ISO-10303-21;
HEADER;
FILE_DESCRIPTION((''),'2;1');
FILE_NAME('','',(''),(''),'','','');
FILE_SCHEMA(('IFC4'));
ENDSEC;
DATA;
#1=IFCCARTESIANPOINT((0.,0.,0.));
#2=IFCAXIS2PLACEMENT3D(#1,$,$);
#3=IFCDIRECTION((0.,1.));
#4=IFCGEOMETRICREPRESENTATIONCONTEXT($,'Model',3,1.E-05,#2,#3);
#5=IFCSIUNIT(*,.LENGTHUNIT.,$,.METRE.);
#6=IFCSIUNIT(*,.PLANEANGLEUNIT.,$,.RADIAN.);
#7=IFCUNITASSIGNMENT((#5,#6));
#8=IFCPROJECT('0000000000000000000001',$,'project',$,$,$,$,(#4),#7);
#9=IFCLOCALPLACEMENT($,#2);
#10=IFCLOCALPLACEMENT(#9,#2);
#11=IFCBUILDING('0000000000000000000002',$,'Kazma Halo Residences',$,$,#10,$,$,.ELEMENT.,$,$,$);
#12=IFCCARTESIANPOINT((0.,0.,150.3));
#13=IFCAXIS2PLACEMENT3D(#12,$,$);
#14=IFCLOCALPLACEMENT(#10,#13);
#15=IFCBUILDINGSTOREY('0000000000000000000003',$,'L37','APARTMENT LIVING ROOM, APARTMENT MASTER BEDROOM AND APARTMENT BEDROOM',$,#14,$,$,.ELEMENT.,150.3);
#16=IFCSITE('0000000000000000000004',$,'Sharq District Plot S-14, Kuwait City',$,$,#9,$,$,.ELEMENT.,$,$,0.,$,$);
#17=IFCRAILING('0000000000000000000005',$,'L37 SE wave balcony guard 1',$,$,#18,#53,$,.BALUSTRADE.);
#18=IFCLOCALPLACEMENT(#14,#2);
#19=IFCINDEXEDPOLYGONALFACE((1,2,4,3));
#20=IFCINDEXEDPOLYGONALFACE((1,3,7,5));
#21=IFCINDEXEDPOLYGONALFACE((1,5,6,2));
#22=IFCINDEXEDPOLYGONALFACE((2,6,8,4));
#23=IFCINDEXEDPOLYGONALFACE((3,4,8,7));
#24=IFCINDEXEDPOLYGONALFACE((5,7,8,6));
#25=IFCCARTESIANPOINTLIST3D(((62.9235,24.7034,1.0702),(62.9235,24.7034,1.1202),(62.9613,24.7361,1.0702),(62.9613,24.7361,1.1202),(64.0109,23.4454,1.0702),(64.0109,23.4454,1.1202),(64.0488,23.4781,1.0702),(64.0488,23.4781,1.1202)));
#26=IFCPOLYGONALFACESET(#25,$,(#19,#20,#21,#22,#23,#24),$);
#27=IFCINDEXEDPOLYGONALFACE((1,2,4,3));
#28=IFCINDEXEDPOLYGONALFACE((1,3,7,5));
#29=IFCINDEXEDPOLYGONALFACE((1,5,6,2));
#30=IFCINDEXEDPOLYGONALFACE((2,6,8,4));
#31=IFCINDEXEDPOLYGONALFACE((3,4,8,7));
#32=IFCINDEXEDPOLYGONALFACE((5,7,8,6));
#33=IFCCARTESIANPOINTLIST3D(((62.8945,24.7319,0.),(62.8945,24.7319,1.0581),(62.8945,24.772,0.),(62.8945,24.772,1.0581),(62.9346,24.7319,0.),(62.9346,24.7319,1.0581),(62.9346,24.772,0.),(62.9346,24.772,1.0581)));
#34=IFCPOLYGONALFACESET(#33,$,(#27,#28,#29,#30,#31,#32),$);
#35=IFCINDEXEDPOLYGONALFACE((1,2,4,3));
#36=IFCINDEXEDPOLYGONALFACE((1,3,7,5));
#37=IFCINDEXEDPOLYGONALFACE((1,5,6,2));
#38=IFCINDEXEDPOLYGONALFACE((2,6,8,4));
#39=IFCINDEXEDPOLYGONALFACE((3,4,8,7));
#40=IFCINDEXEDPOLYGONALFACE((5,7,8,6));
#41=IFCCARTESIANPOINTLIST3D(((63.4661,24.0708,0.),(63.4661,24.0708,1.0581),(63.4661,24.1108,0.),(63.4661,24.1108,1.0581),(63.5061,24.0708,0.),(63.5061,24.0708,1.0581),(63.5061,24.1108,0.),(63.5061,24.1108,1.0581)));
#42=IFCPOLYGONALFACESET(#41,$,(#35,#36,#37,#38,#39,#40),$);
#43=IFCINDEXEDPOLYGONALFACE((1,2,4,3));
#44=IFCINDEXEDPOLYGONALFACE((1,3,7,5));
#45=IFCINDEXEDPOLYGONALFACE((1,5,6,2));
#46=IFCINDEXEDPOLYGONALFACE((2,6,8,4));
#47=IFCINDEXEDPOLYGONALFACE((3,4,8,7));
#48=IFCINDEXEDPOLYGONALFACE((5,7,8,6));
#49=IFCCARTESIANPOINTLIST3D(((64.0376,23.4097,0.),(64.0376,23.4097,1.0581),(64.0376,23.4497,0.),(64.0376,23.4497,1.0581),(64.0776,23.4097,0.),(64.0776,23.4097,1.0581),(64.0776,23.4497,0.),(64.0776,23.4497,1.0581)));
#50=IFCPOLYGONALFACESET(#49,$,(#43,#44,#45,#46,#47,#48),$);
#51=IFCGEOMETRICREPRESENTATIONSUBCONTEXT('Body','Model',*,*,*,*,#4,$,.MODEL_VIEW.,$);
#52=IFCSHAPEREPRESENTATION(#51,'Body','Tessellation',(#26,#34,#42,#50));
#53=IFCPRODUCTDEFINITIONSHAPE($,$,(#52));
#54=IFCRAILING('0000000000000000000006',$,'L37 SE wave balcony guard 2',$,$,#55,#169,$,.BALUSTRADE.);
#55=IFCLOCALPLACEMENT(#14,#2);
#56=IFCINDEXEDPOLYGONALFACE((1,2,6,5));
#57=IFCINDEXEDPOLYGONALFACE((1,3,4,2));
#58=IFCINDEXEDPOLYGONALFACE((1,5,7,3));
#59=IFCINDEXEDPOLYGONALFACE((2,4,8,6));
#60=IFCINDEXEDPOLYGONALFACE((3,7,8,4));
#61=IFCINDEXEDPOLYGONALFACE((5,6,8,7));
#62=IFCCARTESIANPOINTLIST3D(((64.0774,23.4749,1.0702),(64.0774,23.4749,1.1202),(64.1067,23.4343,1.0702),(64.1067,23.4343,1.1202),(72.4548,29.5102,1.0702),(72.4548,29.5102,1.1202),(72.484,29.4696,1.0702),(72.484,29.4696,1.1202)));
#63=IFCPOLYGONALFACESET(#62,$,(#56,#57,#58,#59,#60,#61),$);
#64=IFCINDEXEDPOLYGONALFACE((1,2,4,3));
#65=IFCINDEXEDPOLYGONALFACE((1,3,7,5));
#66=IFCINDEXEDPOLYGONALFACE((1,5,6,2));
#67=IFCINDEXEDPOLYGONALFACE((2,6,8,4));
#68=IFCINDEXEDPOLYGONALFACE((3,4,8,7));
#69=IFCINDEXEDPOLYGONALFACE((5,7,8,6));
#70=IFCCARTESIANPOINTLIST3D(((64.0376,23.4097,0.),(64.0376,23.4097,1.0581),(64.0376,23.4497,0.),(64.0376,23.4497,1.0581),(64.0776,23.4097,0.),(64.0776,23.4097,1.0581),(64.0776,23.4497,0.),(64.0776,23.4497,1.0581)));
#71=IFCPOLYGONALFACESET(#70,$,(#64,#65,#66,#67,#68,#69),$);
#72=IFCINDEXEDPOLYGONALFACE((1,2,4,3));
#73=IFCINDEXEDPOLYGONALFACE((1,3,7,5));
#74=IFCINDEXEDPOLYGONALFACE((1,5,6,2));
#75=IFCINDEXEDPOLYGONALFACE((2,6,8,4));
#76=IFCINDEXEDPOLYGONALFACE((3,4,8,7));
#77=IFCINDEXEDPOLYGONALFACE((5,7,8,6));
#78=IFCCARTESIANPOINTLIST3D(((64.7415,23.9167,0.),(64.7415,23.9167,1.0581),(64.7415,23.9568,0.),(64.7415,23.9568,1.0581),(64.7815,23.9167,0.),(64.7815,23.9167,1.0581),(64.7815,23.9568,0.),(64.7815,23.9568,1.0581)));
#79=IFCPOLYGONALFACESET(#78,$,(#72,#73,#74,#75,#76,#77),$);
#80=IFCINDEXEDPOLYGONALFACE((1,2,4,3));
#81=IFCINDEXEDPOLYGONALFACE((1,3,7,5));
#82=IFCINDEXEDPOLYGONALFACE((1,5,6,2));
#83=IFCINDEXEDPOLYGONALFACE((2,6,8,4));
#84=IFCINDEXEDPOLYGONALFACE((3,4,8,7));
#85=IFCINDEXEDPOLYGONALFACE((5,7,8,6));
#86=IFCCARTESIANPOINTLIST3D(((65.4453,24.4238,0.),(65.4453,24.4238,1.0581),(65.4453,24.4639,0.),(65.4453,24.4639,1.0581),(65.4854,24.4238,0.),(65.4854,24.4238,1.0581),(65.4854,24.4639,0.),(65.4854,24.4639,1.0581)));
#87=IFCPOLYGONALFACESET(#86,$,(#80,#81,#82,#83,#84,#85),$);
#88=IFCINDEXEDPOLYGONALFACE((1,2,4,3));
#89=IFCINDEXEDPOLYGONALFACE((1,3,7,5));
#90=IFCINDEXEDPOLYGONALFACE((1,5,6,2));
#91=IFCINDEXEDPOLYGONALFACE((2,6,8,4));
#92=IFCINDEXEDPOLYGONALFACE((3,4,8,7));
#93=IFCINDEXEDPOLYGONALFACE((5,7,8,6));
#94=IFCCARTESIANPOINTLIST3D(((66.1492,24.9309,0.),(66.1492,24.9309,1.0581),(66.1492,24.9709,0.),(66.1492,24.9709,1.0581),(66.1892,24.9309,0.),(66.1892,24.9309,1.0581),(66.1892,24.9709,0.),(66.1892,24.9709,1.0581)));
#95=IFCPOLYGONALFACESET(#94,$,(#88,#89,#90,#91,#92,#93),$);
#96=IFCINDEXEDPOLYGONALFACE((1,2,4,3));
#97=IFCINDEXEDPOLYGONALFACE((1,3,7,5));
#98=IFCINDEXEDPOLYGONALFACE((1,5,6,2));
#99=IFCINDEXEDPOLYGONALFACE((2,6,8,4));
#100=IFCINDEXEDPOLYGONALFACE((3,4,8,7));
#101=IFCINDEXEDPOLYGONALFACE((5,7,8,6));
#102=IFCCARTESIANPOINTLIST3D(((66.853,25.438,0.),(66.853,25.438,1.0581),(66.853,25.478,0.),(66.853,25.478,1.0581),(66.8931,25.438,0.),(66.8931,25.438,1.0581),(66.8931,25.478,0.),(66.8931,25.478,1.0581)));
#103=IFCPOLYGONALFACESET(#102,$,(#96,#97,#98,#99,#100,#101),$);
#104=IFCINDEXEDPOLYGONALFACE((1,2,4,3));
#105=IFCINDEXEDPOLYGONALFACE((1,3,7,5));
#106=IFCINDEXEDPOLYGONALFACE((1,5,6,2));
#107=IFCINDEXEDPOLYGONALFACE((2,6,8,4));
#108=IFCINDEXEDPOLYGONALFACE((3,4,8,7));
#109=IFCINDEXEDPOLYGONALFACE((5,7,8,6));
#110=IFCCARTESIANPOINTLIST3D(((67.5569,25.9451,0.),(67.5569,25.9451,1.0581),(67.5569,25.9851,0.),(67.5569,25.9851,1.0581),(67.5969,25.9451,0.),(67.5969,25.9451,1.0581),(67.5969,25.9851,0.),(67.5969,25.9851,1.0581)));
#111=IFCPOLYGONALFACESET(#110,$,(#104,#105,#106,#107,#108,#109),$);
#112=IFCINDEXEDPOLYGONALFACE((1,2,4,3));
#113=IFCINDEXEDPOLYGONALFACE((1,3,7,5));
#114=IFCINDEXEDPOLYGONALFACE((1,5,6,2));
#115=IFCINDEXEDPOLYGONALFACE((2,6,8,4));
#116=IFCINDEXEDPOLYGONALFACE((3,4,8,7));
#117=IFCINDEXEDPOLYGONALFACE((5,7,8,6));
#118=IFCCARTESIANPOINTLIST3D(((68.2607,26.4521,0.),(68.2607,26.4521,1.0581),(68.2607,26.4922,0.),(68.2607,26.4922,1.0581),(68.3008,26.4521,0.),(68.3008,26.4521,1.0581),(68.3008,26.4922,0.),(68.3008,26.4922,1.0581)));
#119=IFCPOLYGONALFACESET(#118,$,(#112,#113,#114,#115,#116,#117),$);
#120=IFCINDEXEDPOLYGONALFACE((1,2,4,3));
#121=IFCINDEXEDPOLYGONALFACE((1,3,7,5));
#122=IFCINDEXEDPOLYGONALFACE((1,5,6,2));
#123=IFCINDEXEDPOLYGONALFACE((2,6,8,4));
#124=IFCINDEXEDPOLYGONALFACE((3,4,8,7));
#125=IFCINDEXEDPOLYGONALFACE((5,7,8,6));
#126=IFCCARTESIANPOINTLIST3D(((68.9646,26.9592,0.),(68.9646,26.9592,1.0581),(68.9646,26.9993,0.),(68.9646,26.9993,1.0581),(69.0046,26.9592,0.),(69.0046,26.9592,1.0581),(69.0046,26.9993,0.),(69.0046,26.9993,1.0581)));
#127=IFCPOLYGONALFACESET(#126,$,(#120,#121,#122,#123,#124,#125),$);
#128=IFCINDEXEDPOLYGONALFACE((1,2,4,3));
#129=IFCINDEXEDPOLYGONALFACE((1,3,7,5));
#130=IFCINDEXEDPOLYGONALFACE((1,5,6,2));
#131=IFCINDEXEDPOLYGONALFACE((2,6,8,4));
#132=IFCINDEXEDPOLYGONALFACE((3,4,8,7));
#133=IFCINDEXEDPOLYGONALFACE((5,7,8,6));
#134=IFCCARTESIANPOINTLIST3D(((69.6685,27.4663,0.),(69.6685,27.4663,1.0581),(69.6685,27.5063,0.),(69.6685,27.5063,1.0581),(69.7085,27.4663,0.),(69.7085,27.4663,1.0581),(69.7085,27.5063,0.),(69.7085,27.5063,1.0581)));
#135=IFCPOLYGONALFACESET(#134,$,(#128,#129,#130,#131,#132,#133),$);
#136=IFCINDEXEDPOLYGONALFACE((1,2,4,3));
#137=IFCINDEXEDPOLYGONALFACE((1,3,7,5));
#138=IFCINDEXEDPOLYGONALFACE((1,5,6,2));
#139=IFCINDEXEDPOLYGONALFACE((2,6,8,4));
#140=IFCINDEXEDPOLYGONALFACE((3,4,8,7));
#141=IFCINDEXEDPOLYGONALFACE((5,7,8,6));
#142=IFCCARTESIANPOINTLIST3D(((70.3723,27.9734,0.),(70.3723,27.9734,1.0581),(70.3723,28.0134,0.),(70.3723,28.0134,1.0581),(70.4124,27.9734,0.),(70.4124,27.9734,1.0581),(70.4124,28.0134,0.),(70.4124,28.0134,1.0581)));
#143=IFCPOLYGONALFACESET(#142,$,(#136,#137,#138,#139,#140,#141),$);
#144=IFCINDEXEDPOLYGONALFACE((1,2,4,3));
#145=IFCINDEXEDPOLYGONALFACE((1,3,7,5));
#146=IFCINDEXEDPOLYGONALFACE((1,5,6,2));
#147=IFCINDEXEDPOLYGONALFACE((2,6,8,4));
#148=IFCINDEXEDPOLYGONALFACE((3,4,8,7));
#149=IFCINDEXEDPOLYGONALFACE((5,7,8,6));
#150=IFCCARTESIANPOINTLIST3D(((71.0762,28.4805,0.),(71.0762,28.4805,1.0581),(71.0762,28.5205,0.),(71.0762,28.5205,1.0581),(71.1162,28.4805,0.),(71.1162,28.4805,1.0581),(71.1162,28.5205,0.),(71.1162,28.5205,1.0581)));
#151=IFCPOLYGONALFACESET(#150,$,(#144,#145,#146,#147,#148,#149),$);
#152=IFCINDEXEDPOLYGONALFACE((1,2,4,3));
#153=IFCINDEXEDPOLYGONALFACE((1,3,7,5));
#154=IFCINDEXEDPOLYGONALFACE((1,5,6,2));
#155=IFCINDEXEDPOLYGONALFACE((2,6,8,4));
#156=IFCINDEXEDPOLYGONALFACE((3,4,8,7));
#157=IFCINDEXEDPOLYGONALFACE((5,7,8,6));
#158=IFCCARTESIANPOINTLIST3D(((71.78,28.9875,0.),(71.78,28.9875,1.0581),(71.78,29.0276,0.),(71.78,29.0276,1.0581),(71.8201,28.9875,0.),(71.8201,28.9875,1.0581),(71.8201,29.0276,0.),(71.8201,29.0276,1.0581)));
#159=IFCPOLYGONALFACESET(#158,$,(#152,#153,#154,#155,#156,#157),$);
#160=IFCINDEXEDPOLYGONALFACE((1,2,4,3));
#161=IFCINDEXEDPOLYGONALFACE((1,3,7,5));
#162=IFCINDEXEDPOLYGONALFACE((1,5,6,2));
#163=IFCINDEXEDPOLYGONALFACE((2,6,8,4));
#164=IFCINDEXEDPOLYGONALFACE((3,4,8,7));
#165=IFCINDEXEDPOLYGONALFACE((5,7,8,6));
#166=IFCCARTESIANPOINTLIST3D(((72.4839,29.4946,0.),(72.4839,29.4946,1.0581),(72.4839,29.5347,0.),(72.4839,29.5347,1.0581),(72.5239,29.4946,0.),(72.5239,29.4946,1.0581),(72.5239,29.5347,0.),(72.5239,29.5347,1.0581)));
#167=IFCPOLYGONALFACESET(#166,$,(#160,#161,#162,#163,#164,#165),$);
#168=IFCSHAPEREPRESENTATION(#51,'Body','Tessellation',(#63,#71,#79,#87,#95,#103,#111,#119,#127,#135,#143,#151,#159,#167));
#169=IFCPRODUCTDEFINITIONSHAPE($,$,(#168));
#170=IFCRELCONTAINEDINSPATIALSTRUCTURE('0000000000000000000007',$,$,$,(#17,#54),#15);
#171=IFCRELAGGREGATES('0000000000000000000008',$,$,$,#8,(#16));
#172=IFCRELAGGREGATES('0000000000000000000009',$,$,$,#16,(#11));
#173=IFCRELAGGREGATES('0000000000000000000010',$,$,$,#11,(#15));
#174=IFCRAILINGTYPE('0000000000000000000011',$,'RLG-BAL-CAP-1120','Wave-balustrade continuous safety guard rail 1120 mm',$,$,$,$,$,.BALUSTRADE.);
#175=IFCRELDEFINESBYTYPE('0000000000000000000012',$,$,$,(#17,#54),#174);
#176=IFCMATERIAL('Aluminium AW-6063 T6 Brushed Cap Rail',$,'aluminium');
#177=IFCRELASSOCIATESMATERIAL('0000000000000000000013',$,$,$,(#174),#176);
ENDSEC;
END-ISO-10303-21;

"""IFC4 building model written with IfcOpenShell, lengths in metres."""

from ifc_helpers import new_model, si_unit, direction, frame, origin, origin_2d, place, context, subcontext, project, spatial, rectangle, extrude, material, type_object, element, save


model = new_model("IFC4")

# Units and contexts
model_context = context("Model", 3, precision=1e-05, world=origin(), true_north=direction((0.0, 1.0)))
body_context = subcontext(model_context, "Body", "Model", "MODEL_VIEW")
ifc_project = project(units=[si_unit("LENGTHUNIT", "METRE"), si_unit("PLANEANGLEUNIT", "RADIAN")], contexts=[model_context])

# Site, building, storey
site_placement = place(None, origin())
site = spatial("IfcSite", under=ifc_project, at=site_placement, Name="Sharq District Plot S-14, Kuwait City", CompositionType="ELEMENT", RefElevation=0.0)
building_placement = place(site_placement, origin())
building = spatial("IfcBuilding", under=site, at=building_placement, Name="Kazma Halo Residences", CompositionType="ELEMENT")
storey_placement = place(building_placement, frame((0.0, 0.0, 150.3)))
storey = spatial("IfcBuildingStorey", under=building, at=storey_placement, Name="L37", Description="APARTMENT LIVING ROOM, APARTMENT MASTER BEDROOM AND APARTMENT BEDROOM", CompositionType="ELEMENT", Elevation=150.3)

# Railings
ifc_material_1 = material(Name="Aluminium AW-6063 T6 Brushed Cap Rail", Category="aluminium")
railing_type = type_object("IfcRailingType", Name="RLG-BAL-CAP-1120", Description="Wave-balustrade continuous safety guard rail 1120 mm", PredefinedType="BALUSTRADE", material=ifc_material_1)
railing_1_placement = place(storey_placement, frame((62.9146, 24.752, 0.0)))
element("IfcRailing", 1, at=railing_1_placement, inside=storey, type_object=railing_type, Name="L37 SE wave balcony guard 1", PredefinedType="BALUSTRADE", context=body_context, shape_type="SweptSolid", body=[
    extrude(rectangle(XDim=0.05, YDim=0.05, at=origin_2d()), frame((0.0278, -0.0322, 1.0952), z_axis=(0.653983, -0.756509, 0.0), x_axis=(0.756509, 0.653983, 0.0)), (0.0, 0.0, 1.0), 1.6628),
    extrude(rectangle(XDim=0.04, YDim=0.04, at=origin_2d()), origin(), (0.0, 0.0, 1.0), 1.0581),
    extrude(rectangle(XDim=0.04, YDim=0.04, at=origin_2d()), frame((0.5715, -0.6611, 0.0)), (0.0, 0.0, 1.0), 1.0581),
    extrude(rectangle(XDim=0.04, YDim=0.04, at=origin_2d()), frame((1.1431, -1.3223, 0.0)), (0.0, 0.0, 1.0), 1.0581),
])
railing_2_placement = place(storey_placement, frame((64.0576, 23.4297, 0.0)))
element("IfcRailing", 2, at=railing_2_placement, inside=storey, type_object=railing_type, Name="L37 SE wave balcony guard 2", PredefinedType="BALUSTRADE", context=body_context, shape_type="SweptSolid", body=[
    extrude(rectangle(XDim=0.05, YDim=0.05, at=origin_2d()), frame((0.0344, 0.0249, 1.0952), z_axis=(0.811369, 0.584535, 0.0), x_axis=(-0.584535, 0.811369, 0.0)), (0.0, 0.0, 1.0), 10.325),
    extrude(rectangle(XDim=0.04, YDim=0.04, at=origin_2d()), origin(), (0.0, 0.0, 1.0), 1.0581),
    extrude(rectangle(XDim=0.04, YDim=0.04, at=origin_2d()), frame((0.7039, 0.5071, 0.0)), (0.0, 0.0, 1.0), 1.0581),
    extrude(rectangle(XDim=0.04, YDim=0.04, at=origin_2d()), frame((1.4077, 1.0142, 0.0)), (0.0, 0.0, 1.0), 1.0581),
    extrude(rectangle(XDim=0.04, YDim=0.04, at=origin_2d()), frame((2.1116, 1.5212, 0.0)), (0.0, 0.0, 1.0), 1.0581),
    extrude(rectangle(XDim=0.04, YDim=0.04, at=origin_2d()), frame((2.8154, 2.0283, 0.0)), (0.0, 0.0, 1.0), 1.0581),
    extrude(rectangle(XDim=0.04, YDim=0.04, at=origin_2d()), frame((3.5193, 2.5354, 0.0)), (0.0, 0.0, 1.0), 1.0581),
    extrude(rectangle(XDim=0.04, YDim=0.04, at=origin_2d()), frame((4.2231, 3.0425, 0.0)), (0.0, 0.0, 1.0), 1.0581),
    extrude(rectangle(XDim=0.04, YDim=0.04, at=origin_2d()), frame((4.927, 3.5496, 0.0)), (0.0, 0.0, 1.0), 1.0581),
    extrude(rectangle(XDim=0.04, YDim=0.04, at=origin_2d()), frame((5.6309, 4.0566, 0.0)), (0.0, 0.0, 1.0), 1.0581),
    extrude(rectangle(XDim=0.04, YDim=0.04, at=origin_2d()), frame((6.3347, 4.5637, 0.0)), (0.0, 0.0, 1.0), 1.0581),
    extrude(rectangle(XDim=0.04, YDim=0.04, at=origin_2d()), frame((7.0386, 5.0708, 0.0)), (0.0, 0.0, 1.0), 1.0581),
    extrude(rectangle(XDim=0.04, YDim=0.04, at=origin_2d()), frame((7.7424, 5.5779, 0.0)), (0.0, 0.0, 1.0), 1.0581),
    extrude(rectangle(XDim=0.04, YDim=0.04, at=origin_2d()), frame((8.4463, 6.085, 0.0)), (0.0, 0.0, 1.0), 1.0581),
])

save(model, "model.ifc")
